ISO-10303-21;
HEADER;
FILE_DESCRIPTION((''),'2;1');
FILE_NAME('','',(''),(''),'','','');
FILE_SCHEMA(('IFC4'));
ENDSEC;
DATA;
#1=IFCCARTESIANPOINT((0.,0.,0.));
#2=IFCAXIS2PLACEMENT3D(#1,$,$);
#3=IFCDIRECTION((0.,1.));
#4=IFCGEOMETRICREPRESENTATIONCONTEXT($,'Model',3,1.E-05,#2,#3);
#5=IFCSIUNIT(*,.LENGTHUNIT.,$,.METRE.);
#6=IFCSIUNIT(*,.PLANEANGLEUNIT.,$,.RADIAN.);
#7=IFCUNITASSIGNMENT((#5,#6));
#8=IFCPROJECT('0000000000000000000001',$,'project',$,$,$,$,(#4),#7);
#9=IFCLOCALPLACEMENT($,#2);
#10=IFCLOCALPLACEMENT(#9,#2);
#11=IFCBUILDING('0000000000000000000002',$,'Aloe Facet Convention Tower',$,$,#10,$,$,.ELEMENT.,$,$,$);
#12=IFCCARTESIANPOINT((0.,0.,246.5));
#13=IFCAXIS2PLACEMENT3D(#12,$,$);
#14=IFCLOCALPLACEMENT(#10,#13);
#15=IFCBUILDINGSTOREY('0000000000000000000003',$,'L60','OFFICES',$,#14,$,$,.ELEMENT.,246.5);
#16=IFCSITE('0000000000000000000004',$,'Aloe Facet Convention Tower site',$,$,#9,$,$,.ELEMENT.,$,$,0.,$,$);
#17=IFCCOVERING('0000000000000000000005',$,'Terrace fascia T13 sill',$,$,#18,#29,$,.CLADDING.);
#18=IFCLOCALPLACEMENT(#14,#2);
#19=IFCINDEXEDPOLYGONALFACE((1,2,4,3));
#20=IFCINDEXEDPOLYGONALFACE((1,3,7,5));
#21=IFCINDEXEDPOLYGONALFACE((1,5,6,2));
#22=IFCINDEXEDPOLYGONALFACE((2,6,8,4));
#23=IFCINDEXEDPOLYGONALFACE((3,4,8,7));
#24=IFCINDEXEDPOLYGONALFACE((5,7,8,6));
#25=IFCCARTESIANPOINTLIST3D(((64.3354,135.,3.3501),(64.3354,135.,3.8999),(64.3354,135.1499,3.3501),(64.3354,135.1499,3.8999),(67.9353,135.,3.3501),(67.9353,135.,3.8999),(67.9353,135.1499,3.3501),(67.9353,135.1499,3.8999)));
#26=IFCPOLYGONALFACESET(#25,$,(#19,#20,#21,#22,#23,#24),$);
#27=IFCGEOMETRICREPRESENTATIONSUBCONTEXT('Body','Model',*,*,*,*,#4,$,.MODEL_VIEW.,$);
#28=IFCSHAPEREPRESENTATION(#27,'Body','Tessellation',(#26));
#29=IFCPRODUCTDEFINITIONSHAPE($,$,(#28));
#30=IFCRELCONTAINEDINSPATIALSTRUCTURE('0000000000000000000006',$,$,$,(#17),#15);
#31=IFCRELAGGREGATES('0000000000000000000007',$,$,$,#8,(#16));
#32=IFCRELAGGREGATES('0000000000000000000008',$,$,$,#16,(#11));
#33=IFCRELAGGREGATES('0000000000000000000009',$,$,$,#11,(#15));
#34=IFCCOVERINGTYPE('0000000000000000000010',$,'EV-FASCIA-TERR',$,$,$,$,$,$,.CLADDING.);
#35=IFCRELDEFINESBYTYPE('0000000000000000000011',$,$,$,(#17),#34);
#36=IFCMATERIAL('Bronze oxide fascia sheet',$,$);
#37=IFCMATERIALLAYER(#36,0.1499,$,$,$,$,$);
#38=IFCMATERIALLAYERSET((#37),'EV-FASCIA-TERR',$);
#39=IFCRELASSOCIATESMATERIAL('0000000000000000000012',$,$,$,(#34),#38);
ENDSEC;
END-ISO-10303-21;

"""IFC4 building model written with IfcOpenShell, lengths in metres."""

from ifc_helpers import new_model, si_unit, direction, frame, origin, place, context, subcontext, project, spatial, polyline, outline, extrude, material, layer, layer_set, type_object, element, save


model = new_model("IFC4")

# Units and contexts
model_context = context("Model", 3, precision=1e-05, world=origin(), true_north=direction((0.0, 1.0)))
body_context = subcontext(model_context, "Body", "Model", "MODEL_VIEW")
ifc_project = project(units=[si_unit("LENGTHUNIT", "METRE"), si_unit("PLANEANGLEUNIT", "RADIAN")], contexts=[model_context])

# Site, building, storey
site_placement = place(None, origin())
site = spatial("IfcSite", under=ifc_project, at=site_placement, Name="Aloe Facet Convention Tower site", CompositionType="ELEMENT", RefElevation=0.0)
building_placement = place(site_placement, origin())
building = spatial("IfcBuilding", under=site, at=building_placement, Name="Aloe Facet Convention Tower", CompositionType="ELEMENT")
storey_placement = place(building_placement, frame((0.0, 0.0, 246.5)))
storey = spatial("IfcBuildingStorey", under=building, at=storey_placement, Name="L60", Description="OFFICES", CompositionType="ELEMENT", Elevation=246.5)

# Covering
ifc_material_1 = material(Name="Bronze oxide fascia sheet")
ifc_layer_1 = layer(ifc_material_1, 0.1499)
ifc_layer_set_1 = layer_set([ifc_layer_1], Name="EV-FASCIA-TERR")
covering_type = type_object("IfcCoveringType", Name="EV-FASCIA-TERR", PredefinedType="CLADDING", material=ifc_layer_set_1)
covering_placement = place(storey_placement, frame((0.0, 0.0, 3.3501)))
element("IfcCovering", 1, at=covering_placement, inside=storey, type_object=covering_type, Name="Terrace fascia T13 sill", PredefinedType="CLADDING", context=body_context, shape_type="SweptSolid", body=[
    extrude(outline(polyline([(67.9353, 135.1499), (64.3354, 135.1499), (64.3354, 135.0), (67.9353, 135.0), (67.9353, 135.1499)])), origin(), (0.0, 0.0, 1.0), 0.5498),
])

save(model, "model.ifc")
